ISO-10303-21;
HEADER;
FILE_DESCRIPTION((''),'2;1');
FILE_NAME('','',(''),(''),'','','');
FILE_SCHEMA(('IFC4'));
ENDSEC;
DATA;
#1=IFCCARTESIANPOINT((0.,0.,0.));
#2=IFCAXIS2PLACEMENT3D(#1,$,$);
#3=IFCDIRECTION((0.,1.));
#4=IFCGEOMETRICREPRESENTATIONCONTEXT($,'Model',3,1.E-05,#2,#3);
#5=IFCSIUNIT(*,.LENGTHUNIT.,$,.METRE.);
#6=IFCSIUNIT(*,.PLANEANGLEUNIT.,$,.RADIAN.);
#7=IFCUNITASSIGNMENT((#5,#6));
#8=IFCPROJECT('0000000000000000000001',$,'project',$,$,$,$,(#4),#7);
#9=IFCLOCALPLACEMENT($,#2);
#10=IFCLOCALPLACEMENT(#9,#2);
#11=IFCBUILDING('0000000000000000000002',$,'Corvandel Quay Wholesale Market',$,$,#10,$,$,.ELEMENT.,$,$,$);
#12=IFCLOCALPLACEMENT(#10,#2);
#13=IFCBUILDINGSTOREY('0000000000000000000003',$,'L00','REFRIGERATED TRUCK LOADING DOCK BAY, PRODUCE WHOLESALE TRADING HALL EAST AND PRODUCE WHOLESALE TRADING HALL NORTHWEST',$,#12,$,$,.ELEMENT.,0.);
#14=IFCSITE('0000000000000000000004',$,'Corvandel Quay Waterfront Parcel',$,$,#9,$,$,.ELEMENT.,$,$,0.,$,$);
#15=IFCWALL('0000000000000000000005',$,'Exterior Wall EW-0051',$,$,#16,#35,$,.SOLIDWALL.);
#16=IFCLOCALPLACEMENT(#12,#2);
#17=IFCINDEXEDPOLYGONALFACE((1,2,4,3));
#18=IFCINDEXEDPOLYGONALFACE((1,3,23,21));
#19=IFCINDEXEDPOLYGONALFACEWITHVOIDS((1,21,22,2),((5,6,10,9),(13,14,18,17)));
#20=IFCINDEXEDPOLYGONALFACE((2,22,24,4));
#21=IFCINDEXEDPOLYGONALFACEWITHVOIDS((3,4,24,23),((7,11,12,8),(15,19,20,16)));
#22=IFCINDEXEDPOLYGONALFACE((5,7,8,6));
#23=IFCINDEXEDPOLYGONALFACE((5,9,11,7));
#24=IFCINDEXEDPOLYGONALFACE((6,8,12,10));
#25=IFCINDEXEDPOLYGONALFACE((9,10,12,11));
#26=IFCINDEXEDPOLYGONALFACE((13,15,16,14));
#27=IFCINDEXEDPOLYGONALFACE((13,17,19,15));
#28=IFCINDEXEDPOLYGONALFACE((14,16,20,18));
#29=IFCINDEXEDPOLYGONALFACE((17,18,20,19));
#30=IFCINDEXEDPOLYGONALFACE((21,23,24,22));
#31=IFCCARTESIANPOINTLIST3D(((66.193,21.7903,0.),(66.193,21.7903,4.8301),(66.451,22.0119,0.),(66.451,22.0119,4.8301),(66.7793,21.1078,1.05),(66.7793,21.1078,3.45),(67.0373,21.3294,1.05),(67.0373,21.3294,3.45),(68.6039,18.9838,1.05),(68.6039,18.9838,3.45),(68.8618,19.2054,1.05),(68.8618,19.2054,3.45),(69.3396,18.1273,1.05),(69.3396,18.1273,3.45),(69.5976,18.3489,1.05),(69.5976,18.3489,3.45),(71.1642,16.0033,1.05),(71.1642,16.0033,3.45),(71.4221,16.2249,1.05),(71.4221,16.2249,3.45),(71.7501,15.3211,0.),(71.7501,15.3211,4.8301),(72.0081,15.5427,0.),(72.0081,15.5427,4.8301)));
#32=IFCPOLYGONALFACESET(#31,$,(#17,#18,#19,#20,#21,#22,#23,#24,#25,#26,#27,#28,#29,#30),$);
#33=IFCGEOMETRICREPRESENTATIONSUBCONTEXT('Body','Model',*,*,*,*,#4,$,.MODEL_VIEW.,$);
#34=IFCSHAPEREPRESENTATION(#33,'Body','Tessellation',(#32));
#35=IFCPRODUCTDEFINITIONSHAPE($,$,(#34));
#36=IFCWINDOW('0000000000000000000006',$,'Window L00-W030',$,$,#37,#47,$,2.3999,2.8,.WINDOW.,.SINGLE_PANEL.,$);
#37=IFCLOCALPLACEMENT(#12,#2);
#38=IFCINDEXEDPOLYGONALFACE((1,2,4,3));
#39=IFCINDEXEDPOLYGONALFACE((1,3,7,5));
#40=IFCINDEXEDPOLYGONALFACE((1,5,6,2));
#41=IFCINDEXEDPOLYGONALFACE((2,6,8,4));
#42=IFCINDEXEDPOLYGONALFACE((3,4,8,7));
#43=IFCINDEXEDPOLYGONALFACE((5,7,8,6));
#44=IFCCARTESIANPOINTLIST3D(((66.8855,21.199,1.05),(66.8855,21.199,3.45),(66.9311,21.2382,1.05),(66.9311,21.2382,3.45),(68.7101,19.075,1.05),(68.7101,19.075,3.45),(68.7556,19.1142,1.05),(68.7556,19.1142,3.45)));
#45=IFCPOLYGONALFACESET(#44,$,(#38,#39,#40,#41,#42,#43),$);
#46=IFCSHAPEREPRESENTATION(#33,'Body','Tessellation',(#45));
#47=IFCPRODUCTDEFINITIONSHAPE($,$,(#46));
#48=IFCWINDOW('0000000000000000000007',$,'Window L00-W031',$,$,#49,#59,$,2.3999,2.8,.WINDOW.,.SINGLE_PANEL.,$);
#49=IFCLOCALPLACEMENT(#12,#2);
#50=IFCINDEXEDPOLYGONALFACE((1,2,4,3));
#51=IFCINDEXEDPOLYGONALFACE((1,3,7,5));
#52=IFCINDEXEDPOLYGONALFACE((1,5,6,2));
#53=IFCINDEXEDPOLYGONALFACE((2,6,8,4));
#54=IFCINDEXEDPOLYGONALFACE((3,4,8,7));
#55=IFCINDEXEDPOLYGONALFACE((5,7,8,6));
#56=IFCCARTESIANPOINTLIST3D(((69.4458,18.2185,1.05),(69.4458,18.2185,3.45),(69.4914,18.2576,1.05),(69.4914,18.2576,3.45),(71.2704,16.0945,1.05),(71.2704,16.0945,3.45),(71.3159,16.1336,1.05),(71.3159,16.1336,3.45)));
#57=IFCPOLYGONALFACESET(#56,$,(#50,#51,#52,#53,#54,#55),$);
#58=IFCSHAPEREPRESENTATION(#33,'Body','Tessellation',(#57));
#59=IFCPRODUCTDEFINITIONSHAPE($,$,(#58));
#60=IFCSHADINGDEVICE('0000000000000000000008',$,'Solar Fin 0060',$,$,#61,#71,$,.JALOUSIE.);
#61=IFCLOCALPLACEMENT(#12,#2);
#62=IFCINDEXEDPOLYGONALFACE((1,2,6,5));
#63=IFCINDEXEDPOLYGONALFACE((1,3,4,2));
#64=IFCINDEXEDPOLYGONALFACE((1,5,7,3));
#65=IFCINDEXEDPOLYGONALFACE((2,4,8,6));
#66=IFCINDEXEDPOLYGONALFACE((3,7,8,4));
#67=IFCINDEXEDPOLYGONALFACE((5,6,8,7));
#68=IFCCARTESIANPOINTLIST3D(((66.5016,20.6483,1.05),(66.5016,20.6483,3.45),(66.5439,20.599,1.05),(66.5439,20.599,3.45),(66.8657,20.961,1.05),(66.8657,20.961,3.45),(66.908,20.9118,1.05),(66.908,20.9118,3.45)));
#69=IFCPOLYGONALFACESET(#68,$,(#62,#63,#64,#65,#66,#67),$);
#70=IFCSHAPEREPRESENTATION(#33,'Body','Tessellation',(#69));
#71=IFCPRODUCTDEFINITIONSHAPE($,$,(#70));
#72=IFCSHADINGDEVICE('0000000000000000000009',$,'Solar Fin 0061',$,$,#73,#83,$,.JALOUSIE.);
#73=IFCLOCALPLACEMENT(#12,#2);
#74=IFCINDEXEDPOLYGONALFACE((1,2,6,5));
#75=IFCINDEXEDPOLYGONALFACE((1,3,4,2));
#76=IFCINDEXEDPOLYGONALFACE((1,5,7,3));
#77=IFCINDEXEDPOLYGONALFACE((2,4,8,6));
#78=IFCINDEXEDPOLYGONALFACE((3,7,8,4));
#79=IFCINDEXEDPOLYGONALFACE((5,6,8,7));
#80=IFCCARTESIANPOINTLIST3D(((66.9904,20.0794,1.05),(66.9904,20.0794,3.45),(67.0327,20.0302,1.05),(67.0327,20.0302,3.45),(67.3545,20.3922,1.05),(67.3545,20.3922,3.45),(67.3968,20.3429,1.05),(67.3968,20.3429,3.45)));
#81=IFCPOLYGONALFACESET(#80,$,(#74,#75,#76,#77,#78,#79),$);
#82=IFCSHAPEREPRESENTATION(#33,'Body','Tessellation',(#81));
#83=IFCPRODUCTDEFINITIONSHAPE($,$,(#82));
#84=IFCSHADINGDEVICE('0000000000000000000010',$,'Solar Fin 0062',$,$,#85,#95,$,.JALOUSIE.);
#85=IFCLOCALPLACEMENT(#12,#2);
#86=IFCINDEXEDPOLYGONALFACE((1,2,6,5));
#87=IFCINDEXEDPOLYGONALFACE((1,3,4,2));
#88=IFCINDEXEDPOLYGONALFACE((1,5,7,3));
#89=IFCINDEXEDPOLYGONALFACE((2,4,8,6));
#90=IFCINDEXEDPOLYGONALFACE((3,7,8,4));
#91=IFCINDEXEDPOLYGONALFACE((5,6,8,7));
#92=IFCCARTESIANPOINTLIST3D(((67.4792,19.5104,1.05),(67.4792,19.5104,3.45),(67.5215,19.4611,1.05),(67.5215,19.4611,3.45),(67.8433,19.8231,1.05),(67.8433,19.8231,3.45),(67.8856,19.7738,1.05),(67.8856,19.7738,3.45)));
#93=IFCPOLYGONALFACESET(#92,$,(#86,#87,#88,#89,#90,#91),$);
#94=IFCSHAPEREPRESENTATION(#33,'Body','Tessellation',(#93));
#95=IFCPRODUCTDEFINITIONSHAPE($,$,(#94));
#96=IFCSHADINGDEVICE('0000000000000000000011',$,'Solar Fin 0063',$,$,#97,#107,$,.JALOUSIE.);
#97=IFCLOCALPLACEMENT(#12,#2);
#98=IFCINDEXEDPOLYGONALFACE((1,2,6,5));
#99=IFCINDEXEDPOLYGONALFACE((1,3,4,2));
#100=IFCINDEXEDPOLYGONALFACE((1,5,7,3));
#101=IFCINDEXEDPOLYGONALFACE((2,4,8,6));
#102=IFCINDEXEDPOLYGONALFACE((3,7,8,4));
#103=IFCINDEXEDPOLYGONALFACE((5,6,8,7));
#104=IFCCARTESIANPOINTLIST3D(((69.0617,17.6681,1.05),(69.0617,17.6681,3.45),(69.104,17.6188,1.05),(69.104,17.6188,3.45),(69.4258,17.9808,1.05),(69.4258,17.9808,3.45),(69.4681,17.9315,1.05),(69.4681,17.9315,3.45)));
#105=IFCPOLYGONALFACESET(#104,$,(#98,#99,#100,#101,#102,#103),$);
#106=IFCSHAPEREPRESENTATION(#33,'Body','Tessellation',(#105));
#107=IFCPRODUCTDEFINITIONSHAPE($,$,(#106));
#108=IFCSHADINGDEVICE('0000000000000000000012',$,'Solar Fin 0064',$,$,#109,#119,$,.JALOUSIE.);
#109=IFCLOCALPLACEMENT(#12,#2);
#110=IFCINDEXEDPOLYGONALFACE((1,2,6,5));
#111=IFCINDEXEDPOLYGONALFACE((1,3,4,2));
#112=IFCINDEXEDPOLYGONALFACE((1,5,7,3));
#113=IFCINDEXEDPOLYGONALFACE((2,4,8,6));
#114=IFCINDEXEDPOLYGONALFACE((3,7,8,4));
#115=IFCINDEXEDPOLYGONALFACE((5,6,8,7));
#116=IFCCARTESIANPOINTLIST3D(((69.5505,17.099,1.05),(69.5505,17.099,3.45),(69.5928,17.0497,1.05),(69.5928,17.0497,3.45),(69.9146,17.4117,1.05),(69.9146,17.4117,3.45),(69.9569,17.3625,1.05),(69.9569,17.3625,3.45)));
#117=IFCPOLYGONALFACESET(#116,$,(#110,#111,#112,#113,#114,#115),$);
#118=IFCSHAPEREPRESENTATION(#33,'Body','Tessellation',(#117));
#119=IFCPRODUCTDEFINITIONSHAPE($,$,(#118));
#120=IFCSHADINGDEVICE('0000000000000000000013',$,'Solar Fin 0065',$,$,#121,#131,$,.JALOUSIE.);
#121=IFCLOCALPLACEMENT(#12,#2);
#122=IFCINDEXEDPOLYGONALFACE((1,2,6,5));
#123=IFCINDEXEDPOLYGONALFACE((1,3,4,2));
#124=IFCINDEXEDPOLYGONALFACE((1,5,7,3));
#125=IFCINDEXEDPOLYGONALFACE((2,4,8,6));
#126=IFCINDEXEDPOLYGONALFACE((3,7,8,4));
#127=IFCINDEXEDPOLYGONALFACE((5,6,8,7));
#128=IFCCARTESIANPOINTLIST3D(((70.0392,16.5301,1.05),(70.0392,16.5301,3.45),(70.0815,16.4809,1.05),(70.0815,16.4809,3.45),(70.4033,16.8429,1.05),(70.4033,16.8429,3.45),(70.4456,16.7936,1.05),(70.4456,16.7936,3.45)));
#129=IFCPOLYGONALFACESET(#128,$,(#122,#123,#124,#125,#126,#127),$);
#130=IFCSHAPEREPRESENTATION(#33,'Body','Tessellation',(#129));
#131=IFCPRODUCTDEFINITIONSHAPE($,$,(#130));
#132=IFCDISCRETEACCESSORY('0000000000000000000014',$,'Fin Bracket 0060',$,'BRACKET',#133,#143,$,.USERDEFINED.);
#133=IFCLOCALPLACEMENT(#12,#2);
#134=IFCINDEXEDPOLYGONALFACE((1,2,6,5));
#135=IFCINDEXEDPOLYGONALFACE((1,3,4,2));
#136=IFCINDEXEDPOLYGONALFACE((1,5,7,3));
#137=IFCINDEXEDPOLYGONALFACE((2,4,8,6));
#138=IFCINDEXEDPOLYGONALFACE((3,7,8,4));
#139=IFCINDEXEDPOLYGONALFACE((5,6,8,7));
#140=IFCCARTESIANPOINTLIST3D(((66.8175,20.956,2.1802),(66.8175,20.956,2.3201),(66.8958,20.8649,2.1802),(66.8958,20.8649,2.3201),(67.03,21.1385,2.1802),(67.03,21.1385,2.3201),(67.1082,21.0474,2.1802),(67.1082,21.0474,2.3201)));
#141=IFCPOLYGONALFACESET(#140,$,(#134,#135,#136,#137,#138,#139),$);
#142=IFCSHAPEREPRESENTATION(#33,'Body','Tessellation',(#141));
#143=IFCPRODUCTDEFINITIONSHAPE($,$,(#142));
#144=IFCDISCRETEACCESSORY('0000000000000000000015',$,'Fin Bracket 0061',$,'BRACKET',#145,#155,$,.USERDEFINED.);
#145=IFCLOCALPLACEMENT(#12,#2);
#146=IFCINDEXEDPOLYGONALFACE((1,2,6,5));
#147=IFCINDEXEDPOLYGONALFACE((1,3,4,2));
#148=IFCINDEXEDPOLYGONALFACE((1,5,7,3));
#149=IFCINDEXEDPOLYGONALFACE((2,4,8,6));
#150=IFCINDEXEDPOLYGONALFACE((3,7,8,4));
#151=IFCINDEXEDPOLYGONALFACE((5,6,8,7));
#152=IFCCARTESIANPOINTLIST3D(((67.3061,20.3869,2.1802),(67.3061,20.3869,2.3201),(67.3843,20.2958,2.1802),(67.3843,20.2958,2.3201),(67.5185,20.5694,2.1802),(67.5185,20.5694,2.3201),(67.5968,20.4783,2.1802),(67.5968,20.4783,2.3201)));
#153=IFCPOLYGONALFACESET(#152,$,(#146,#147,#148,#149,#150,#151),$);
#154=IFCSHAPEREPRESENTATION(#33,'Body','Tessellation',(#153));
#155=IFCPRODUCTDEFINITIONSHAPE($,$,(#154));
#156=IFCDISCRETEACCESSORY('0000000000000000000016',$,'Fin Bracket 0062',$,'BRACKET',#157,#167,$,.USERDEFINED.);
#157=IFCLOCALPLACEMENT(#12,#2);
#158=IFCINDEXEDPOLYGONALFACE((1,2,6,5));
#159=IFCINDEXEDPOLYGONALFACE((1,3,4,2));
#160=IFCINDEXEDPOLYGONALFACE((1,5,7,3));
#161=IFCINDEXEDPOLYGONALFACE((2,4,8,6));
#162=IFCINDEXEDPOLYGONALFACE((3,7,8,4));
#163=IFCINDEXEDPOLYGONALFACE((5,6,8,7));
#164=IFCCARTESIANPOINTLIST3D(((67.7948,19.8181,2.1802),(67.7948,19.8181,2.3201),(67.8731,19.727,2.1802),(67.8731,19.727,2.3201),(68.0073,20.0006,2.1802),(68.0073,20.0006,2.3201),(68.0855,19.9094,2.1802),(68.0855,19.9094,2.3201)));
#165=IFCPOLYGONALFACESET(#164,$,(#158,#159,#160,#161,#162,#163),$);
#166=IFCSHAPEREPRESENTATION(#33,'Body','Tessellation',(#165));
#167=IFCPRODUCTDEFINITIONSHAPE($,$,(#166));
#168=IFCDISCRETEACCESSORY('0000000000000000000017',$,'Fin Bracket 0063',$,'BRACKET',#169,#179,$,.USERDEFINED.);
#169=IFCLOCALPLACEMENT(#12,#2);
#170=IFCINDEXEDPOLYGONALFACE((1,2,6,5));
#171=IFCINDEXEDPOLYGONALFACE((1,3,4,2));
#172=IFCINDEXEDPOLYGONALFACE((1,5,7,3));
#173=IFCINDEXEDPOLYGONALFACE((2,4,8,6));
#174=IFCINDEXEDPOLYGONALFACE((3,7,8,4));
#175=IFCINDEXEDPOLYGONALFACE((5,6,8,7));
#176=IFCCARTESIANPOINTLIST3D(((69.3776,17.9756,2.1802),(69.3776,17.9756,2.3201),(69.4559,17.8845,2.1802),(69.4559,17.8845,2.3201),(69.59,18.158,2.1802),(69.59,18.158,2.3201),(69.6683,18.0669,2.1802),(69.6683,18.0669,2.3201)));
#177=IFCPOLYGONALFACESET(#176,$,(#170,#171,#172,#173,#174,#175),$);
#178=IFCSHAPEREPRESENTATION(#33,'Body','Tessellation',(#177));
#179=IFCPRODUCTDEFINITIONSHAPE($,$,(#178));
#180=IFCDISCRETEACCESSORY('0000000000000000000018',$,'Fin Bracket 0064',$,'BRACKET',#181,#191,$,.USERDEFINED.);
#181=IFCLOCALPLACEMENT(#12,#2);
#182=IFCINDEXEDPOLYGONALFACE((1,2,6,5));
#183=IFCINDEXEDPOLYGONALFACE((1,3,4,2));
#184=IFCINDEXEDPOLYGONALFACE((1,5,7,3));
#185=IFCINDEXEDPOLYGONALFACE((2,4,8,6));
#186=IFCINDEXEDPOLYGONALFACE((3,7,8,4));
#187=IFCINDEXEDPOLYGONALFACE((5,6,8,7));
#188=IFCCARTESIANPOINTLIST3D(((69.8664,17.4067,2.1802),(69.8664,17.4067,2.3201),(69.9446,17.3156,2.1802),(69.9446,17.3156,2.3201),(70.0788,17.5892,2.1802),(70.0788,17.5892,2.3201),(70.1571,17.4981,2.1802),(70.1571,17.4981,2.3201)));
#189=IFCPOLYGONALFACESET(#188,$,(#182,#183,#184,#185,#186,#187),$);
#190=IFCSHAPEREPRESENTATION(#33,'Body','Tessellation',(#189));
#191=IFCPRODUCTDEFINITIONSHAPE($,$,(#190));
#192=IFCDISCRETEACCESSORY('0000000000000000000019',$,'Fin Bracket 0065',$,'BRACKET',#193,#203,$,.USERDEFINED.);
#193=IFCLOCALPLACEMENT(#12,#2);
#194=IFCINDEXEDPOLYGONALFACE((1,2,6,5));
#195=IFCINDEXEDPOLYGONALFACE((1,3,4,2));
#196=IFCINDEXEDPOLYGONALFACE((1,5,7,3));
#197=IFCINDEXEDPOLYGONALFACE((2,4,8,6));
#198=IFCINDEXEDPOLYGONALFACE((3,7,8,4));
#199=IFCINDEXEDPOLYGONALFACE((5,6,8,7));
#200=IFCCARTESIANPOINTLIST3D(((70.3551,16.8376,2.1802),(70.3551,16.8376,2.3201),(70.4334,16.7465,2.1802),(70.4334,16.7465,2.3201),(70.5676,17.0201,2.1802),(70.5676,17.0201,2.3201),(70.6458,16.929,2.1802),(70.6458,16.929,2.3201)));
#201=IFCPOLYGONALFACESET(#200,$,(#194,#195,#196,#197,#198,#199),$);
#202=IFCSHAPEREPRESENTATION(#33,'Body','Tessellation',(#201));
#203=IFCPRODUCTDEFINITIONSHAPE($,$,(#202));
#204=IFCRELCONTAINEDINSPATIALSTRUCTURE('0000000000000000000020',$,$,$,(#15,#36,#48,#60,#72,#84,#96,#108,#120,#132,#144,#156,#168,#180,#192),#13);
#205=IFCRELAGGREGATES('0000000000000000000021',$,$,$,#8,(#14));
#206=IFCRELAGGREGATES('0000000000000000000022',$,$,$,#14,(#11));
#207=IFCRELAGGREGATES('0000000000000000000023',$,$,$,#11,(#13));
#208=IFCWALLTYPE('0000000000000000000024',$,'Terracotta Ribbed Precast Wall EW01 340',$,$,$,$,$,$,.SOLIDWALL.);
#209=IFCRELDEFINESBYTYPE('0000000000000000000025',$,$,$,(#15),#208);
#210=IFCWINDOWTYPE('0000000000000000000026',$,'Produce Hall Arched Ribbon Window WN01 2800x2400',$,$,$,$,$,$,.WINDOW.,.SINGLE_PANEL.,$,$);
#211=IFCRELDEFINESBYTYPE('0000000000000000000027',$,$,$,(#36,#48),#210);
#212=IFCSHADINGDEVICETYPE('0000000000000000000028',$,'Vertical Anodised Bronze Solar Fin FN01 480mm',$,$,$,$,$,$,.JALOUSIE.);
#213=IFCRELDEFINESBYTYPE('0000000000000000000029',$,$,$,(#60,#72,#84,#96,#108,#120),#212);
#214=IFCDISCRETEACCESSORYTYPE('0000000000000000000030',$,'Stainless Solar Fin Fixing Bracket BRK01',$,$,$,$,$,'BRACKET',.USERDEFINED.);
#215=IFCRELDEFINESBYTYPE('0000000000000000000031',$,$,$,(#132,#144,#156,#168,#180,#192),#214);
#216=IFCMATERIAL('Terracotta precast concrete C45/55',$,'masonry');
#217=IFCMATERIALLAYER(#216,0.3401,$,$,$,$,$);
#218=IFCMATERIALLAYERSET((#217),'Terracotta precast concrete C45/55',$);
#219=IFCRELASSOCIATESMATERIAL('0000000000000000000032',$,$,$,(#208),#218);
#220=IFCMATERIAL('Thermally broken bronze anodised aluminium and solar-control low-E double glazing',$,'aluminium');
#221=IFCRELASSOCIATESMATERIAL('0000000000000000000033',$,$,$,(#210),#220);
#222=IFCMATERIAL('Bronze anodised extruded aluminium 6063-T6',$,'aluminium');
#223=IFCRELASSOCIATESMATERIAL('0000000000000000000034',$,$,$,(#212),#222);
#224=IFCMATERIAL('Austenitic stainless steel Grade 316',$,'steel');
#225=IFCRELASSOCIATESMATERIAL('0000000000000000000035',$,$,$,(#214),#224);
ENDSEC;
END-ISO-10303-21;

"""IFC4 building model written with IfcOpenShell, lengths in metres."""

from ifc_helpers import new_model, si_unit, direction, frame, frame_2d, origin, origin_2d, place, context, subcontext, project, spatial, rectangle, extrude, material, layer, layer_set, type_object, element, fill, save


model = new_model("IFC4")

# Units and contexts
model_context = context("Model", 3, precision=1e-05, world=origin(), true_north=direction((0.0, 1.0)))
body_context = subcontext(model_context, "Body", "Model", "MODEL_VIEW")
ifc_project = project(units=[si_unit("LENGTHUNIT", "METRE"), si_unit("PLANEANGLEUNIT", "RADIAN")], contexts=[model_context])

# Site, building, storey
site_placement = place(None, origin())
site = spatial("IfcSite", under=ifc_project, at=site_placement, Name="Corvandel Quay Waterfront Parcel", CompositionType="ELEMENT", RefElevation=0.0)
building_placement = place(site_placement, origin())
building = spatial("IfcBuilding", under=site, at=building_placement, Name="Corvandel Quay Wholesale Market", CompositionType="ELEMENT")
storey_placement = place(building_placement, origin())
storey = spatial("IfcBuildingStorey", under=building, at=storey_placement, Name="L00", Description="REFRIGERATED TRUCK LOADING DOCK BAY, PRODUCE WHOLESALE TRADING HALL EAST AND PRODUCE WHOLESALE TRADING HALL NORTHWEST", CompositionType="ELEMENT", Elevation=0.0)

# Wall, openings, windows
ifc_material_1 = material(Name="Terracotta precast concrete C45/55", Category="masonry")
ifc_layer_1 = layer(ifc_material_1, 0.3401)
ifc_layer_set_1 = layer_set([ifc_layer_1], Name="Terracotta precast concrete C45/55")
wall_type = type_object("IfcWallType", Name="Terracotta Ribbed Precast Wall EW01 340", PredefinedType="SOLIDWALL", material=ifc_layer_set_1)
wall_placement = place(storey_placement, frame((66.322, 21.9011, 0.0), z_axis=(0.0, 0.0, 1.0), x_axis=(0.651607, -0.758557, 0.0)))
wall = element("IfcWall", 1, at=wall_placement, inside=storey, type_object=wall_type, Name="Exterior Wall EW-0051", PredefinedType="SOLIDWALL", context=body_context, shape_type="SweptSolid", body=[
    extrude(rectangle(XDim=8.5283, YDim=0.3401, at=frame_2d((4.2642, 0.0))), origin(), (0.0, 0.0, 1.0), 4.8301),
])
opening_1_placement = place(wall_placement, frame((0.8999, 0.0, 1.05)))
opening_1 = element("IfcOpeningElement", 2, at=opening_1_placement, cuts=wall, PredefinedType="OPENING", context=body_context, shape_type="SweptSolid", body=[
    extrude(rectangle(XDim=2.8, YDim=2.3999, at=frame_2d((1.3999, 1.2))), frame((0.0, 0.1799, 0.0), z_axis=(0.0, -1.0, 0.0), x_axis=(1.0, 0.0, 0.0)), (0.0, 0.0, 1.0), 0.3601),
])
opening_2_placement = place(wall_placement, frame((4.8291, 0.0, 1.05)))
opening_2 = element("IfcOpeningElement", 3, at=opening_2_placement, cuts=wall, PredefinedType="OPENING", context=body_context, shape_type="SweptSolid", body=[
    extrude(rectangle(XDim=2.8, YDim=2.3999, at=frame_2d((1.3999, 1.2))), frame((0.0, 0.1799, 0.0), z_axis=(0.0, -1.0, 0.0), x_axis=(1.0, 0.0, 0.0)), (0.0, 0.0, 1.0), 0.3601),
])
ifc_material_2 = material(Name="Thermally broken bronze anodised aluminium and solar-control low-E double glazing", Category="aluminium")
window_type = type_object("IfcWindowType", Name="Produce Hall Arched Ribbon Window WN01 2800x2400", PartitioningType="SINGLE_PANEL", PredefinedType="WINDOW", material=ifc_material_2)
window_1_placement = place(opening_1_placement, origin())
window_1 = element("IfcWindow", 4, at=window_1_placement, inside=storey, type_object=window_type, Name="Window L00-W030", OverallHeight=2.3999, OverallWidth=2.8, PartitioningType="SINGLE_PANEL", PredefinedType="WINDOW", context=body_context, shape_type="SweptSolid", body=[
    extrude(rectangle(XDim=2.8, YDim=2.3999, at=frame_2d((1.3999, 1.2))), frame((0.0, 0.03, 0.0), z_axis=(0.0, -1.0, 0.0), x_axis=(1.0, 0.0, 0.0)), (0.0, 0.0, 1.0), 0.0601),
])
fill(opening_1, window_1)
window_2_placement = place(opening_2_placement, origin())
window_2 = element("IfcWindow", 5, at=window_2_placement, inside=storey, type_object=window_type, Name="Window L00-W031", OverallHeight=2.3999, OverallWidth=2.8, PartitioningType="SINGLE_PANEL", PredefinedType="WINDOW", context=body_context, shape_type="SweptSolid", body=[
    extrude(rectangle(XDim=2.8, YDim=2.3999, at=frame_2d((1.3999, 1.2))), frame((0.0, 0.03, 0.0), z_axis=(0.0, -1.0, 0.0), x_axis=(1.0, 0.0, 0.0)), (0.0, 0.0, 1.0), 0.0601),
])
fill(opening_2, window_2)

# Shading devices
ifc_material_3 = material(Name="Bronze anodised extruded aluminium 6063-T6", Category="aluminium")
shading_device_type = type_object("IfcShadingDeviceType", Name="Vertical Anodised Bronze Solar Fin FN01 480mm", PredefinedType="JALOUSIE", material=ifc_material_3)
for number, where, z_axis, x_axis, name in (
    (6, (66.7048, 20.78, 1.05), (0.0, 0.0, 1.0), (0.758589, 0.651569, 0.0), "Solar Fin 0060"),
    (7, (67.1936, 20.2112, 1.05), (0.0, 0.0, 1.0), (0.758589, 0.651569, 0.0), "Solar Fin 0061"),
    (8, (67.6824, 19.6421, 1.05), (0.0, 0.0, 1.0), (0.758589, 0.651569, 0.0), "Solar Fin 0062"),
    (9, (69.2649, 17.7998, 1.05), (0.0, 0.0, 1.0), (0.758589, 0.651569, 0.0), "Solar Fin 0063"),
    (10, (69.7537, 17.2307, 1.05), (0.0, 0.0, 1.0), (0.758589, 0.651569, 0.0), "Solar Fin 0064"),
    (11, (70.2424, 16.6619, 1.05), (0.0, 0.0, 1.0), (0.758589, 0.651569, 0.0), "Solar Fin 0065"),
):
    element("IfcShadingDevice", number, at=place(storey_placement, frame(where, z_axis=z_axis, x_axis=x_axis)), inside=storey, type_object=shading_device_type, Name=name, PredefinedType="JALOUSIE", context=body_context, shape_type="SweptSolid", body=[
        extrude(rectangle(XDim=0.48, YDim=0.0649, at=origin_2d()), origin(), (0.0, 0.0, 1.0), 2.3999),
    ])

# Discrete accessories
ifc_material_4 = material(Name="Austenitic stainless steel Grade 316", Category="steel")
discrete_accessory_type = type_object("IfcDiscreteAccessoryType", Name="Stainless Solar Fin Fixing Bracket BRK01", ElementType="BRACKET", PredefinedType="USERDEFINED", material=ifc_material_4)
for number, where, z_axis, x_axis, name in (
    (12, (66.9629, 21.0017, 2.1802), (0.0, 0.0, 1.0), (0.758589, 0.651569, 0.0), "Fin Bracket 0060"),
    (13, (67.4514, 20.4326, 2.1802), (0.0, 0.0, 1.0), (0.758589, 0.651569, 0.0), "Fin Bracket 0061"),
    (14, (67.9402, 19.8638, 2.1802), (0.0, 0.0, 1.0), (0.758589, 0.651569, 0.0), "Fin Bracket 0062"),
    (15, (69.5229, 18.0212, 2.1802), (0.0, 0.0, 1.0), (0.758589, 0.651569, 0.0), "Fin Bracket 0063"),
    (16, (70.0117, 17.4524, 2.1802), (0.0, 0.0, 1.0), (0.758589, 0.651569, 0.0), "Fin Bracket 0064"),
    (17, (70.5005, 16.8833, 2.1802), (0.0, 0.0, 1.0), (0.758589, 0.651569, 0.0), "Fin Bracket 0065"),
):
    element("IfcDiscreteAccessory", number, at=place(storey_placement, frame(where, z_axis=z_axis, x_axis=x_axis)), inside=storey, type_object=discrete_accessory_type, Name=name, ObjectType="BRACKET", PredefinedType="USERDEFINED", context=body_context, shape_type="SweptSolid", body=[
        extrude(rectangle(XDim=0.28, YDim=0.1201, at=origin_2d()), origin(), (0.0, 0.0, 1.0), 0.1399),
    ])

save(model, "model.ifc")
